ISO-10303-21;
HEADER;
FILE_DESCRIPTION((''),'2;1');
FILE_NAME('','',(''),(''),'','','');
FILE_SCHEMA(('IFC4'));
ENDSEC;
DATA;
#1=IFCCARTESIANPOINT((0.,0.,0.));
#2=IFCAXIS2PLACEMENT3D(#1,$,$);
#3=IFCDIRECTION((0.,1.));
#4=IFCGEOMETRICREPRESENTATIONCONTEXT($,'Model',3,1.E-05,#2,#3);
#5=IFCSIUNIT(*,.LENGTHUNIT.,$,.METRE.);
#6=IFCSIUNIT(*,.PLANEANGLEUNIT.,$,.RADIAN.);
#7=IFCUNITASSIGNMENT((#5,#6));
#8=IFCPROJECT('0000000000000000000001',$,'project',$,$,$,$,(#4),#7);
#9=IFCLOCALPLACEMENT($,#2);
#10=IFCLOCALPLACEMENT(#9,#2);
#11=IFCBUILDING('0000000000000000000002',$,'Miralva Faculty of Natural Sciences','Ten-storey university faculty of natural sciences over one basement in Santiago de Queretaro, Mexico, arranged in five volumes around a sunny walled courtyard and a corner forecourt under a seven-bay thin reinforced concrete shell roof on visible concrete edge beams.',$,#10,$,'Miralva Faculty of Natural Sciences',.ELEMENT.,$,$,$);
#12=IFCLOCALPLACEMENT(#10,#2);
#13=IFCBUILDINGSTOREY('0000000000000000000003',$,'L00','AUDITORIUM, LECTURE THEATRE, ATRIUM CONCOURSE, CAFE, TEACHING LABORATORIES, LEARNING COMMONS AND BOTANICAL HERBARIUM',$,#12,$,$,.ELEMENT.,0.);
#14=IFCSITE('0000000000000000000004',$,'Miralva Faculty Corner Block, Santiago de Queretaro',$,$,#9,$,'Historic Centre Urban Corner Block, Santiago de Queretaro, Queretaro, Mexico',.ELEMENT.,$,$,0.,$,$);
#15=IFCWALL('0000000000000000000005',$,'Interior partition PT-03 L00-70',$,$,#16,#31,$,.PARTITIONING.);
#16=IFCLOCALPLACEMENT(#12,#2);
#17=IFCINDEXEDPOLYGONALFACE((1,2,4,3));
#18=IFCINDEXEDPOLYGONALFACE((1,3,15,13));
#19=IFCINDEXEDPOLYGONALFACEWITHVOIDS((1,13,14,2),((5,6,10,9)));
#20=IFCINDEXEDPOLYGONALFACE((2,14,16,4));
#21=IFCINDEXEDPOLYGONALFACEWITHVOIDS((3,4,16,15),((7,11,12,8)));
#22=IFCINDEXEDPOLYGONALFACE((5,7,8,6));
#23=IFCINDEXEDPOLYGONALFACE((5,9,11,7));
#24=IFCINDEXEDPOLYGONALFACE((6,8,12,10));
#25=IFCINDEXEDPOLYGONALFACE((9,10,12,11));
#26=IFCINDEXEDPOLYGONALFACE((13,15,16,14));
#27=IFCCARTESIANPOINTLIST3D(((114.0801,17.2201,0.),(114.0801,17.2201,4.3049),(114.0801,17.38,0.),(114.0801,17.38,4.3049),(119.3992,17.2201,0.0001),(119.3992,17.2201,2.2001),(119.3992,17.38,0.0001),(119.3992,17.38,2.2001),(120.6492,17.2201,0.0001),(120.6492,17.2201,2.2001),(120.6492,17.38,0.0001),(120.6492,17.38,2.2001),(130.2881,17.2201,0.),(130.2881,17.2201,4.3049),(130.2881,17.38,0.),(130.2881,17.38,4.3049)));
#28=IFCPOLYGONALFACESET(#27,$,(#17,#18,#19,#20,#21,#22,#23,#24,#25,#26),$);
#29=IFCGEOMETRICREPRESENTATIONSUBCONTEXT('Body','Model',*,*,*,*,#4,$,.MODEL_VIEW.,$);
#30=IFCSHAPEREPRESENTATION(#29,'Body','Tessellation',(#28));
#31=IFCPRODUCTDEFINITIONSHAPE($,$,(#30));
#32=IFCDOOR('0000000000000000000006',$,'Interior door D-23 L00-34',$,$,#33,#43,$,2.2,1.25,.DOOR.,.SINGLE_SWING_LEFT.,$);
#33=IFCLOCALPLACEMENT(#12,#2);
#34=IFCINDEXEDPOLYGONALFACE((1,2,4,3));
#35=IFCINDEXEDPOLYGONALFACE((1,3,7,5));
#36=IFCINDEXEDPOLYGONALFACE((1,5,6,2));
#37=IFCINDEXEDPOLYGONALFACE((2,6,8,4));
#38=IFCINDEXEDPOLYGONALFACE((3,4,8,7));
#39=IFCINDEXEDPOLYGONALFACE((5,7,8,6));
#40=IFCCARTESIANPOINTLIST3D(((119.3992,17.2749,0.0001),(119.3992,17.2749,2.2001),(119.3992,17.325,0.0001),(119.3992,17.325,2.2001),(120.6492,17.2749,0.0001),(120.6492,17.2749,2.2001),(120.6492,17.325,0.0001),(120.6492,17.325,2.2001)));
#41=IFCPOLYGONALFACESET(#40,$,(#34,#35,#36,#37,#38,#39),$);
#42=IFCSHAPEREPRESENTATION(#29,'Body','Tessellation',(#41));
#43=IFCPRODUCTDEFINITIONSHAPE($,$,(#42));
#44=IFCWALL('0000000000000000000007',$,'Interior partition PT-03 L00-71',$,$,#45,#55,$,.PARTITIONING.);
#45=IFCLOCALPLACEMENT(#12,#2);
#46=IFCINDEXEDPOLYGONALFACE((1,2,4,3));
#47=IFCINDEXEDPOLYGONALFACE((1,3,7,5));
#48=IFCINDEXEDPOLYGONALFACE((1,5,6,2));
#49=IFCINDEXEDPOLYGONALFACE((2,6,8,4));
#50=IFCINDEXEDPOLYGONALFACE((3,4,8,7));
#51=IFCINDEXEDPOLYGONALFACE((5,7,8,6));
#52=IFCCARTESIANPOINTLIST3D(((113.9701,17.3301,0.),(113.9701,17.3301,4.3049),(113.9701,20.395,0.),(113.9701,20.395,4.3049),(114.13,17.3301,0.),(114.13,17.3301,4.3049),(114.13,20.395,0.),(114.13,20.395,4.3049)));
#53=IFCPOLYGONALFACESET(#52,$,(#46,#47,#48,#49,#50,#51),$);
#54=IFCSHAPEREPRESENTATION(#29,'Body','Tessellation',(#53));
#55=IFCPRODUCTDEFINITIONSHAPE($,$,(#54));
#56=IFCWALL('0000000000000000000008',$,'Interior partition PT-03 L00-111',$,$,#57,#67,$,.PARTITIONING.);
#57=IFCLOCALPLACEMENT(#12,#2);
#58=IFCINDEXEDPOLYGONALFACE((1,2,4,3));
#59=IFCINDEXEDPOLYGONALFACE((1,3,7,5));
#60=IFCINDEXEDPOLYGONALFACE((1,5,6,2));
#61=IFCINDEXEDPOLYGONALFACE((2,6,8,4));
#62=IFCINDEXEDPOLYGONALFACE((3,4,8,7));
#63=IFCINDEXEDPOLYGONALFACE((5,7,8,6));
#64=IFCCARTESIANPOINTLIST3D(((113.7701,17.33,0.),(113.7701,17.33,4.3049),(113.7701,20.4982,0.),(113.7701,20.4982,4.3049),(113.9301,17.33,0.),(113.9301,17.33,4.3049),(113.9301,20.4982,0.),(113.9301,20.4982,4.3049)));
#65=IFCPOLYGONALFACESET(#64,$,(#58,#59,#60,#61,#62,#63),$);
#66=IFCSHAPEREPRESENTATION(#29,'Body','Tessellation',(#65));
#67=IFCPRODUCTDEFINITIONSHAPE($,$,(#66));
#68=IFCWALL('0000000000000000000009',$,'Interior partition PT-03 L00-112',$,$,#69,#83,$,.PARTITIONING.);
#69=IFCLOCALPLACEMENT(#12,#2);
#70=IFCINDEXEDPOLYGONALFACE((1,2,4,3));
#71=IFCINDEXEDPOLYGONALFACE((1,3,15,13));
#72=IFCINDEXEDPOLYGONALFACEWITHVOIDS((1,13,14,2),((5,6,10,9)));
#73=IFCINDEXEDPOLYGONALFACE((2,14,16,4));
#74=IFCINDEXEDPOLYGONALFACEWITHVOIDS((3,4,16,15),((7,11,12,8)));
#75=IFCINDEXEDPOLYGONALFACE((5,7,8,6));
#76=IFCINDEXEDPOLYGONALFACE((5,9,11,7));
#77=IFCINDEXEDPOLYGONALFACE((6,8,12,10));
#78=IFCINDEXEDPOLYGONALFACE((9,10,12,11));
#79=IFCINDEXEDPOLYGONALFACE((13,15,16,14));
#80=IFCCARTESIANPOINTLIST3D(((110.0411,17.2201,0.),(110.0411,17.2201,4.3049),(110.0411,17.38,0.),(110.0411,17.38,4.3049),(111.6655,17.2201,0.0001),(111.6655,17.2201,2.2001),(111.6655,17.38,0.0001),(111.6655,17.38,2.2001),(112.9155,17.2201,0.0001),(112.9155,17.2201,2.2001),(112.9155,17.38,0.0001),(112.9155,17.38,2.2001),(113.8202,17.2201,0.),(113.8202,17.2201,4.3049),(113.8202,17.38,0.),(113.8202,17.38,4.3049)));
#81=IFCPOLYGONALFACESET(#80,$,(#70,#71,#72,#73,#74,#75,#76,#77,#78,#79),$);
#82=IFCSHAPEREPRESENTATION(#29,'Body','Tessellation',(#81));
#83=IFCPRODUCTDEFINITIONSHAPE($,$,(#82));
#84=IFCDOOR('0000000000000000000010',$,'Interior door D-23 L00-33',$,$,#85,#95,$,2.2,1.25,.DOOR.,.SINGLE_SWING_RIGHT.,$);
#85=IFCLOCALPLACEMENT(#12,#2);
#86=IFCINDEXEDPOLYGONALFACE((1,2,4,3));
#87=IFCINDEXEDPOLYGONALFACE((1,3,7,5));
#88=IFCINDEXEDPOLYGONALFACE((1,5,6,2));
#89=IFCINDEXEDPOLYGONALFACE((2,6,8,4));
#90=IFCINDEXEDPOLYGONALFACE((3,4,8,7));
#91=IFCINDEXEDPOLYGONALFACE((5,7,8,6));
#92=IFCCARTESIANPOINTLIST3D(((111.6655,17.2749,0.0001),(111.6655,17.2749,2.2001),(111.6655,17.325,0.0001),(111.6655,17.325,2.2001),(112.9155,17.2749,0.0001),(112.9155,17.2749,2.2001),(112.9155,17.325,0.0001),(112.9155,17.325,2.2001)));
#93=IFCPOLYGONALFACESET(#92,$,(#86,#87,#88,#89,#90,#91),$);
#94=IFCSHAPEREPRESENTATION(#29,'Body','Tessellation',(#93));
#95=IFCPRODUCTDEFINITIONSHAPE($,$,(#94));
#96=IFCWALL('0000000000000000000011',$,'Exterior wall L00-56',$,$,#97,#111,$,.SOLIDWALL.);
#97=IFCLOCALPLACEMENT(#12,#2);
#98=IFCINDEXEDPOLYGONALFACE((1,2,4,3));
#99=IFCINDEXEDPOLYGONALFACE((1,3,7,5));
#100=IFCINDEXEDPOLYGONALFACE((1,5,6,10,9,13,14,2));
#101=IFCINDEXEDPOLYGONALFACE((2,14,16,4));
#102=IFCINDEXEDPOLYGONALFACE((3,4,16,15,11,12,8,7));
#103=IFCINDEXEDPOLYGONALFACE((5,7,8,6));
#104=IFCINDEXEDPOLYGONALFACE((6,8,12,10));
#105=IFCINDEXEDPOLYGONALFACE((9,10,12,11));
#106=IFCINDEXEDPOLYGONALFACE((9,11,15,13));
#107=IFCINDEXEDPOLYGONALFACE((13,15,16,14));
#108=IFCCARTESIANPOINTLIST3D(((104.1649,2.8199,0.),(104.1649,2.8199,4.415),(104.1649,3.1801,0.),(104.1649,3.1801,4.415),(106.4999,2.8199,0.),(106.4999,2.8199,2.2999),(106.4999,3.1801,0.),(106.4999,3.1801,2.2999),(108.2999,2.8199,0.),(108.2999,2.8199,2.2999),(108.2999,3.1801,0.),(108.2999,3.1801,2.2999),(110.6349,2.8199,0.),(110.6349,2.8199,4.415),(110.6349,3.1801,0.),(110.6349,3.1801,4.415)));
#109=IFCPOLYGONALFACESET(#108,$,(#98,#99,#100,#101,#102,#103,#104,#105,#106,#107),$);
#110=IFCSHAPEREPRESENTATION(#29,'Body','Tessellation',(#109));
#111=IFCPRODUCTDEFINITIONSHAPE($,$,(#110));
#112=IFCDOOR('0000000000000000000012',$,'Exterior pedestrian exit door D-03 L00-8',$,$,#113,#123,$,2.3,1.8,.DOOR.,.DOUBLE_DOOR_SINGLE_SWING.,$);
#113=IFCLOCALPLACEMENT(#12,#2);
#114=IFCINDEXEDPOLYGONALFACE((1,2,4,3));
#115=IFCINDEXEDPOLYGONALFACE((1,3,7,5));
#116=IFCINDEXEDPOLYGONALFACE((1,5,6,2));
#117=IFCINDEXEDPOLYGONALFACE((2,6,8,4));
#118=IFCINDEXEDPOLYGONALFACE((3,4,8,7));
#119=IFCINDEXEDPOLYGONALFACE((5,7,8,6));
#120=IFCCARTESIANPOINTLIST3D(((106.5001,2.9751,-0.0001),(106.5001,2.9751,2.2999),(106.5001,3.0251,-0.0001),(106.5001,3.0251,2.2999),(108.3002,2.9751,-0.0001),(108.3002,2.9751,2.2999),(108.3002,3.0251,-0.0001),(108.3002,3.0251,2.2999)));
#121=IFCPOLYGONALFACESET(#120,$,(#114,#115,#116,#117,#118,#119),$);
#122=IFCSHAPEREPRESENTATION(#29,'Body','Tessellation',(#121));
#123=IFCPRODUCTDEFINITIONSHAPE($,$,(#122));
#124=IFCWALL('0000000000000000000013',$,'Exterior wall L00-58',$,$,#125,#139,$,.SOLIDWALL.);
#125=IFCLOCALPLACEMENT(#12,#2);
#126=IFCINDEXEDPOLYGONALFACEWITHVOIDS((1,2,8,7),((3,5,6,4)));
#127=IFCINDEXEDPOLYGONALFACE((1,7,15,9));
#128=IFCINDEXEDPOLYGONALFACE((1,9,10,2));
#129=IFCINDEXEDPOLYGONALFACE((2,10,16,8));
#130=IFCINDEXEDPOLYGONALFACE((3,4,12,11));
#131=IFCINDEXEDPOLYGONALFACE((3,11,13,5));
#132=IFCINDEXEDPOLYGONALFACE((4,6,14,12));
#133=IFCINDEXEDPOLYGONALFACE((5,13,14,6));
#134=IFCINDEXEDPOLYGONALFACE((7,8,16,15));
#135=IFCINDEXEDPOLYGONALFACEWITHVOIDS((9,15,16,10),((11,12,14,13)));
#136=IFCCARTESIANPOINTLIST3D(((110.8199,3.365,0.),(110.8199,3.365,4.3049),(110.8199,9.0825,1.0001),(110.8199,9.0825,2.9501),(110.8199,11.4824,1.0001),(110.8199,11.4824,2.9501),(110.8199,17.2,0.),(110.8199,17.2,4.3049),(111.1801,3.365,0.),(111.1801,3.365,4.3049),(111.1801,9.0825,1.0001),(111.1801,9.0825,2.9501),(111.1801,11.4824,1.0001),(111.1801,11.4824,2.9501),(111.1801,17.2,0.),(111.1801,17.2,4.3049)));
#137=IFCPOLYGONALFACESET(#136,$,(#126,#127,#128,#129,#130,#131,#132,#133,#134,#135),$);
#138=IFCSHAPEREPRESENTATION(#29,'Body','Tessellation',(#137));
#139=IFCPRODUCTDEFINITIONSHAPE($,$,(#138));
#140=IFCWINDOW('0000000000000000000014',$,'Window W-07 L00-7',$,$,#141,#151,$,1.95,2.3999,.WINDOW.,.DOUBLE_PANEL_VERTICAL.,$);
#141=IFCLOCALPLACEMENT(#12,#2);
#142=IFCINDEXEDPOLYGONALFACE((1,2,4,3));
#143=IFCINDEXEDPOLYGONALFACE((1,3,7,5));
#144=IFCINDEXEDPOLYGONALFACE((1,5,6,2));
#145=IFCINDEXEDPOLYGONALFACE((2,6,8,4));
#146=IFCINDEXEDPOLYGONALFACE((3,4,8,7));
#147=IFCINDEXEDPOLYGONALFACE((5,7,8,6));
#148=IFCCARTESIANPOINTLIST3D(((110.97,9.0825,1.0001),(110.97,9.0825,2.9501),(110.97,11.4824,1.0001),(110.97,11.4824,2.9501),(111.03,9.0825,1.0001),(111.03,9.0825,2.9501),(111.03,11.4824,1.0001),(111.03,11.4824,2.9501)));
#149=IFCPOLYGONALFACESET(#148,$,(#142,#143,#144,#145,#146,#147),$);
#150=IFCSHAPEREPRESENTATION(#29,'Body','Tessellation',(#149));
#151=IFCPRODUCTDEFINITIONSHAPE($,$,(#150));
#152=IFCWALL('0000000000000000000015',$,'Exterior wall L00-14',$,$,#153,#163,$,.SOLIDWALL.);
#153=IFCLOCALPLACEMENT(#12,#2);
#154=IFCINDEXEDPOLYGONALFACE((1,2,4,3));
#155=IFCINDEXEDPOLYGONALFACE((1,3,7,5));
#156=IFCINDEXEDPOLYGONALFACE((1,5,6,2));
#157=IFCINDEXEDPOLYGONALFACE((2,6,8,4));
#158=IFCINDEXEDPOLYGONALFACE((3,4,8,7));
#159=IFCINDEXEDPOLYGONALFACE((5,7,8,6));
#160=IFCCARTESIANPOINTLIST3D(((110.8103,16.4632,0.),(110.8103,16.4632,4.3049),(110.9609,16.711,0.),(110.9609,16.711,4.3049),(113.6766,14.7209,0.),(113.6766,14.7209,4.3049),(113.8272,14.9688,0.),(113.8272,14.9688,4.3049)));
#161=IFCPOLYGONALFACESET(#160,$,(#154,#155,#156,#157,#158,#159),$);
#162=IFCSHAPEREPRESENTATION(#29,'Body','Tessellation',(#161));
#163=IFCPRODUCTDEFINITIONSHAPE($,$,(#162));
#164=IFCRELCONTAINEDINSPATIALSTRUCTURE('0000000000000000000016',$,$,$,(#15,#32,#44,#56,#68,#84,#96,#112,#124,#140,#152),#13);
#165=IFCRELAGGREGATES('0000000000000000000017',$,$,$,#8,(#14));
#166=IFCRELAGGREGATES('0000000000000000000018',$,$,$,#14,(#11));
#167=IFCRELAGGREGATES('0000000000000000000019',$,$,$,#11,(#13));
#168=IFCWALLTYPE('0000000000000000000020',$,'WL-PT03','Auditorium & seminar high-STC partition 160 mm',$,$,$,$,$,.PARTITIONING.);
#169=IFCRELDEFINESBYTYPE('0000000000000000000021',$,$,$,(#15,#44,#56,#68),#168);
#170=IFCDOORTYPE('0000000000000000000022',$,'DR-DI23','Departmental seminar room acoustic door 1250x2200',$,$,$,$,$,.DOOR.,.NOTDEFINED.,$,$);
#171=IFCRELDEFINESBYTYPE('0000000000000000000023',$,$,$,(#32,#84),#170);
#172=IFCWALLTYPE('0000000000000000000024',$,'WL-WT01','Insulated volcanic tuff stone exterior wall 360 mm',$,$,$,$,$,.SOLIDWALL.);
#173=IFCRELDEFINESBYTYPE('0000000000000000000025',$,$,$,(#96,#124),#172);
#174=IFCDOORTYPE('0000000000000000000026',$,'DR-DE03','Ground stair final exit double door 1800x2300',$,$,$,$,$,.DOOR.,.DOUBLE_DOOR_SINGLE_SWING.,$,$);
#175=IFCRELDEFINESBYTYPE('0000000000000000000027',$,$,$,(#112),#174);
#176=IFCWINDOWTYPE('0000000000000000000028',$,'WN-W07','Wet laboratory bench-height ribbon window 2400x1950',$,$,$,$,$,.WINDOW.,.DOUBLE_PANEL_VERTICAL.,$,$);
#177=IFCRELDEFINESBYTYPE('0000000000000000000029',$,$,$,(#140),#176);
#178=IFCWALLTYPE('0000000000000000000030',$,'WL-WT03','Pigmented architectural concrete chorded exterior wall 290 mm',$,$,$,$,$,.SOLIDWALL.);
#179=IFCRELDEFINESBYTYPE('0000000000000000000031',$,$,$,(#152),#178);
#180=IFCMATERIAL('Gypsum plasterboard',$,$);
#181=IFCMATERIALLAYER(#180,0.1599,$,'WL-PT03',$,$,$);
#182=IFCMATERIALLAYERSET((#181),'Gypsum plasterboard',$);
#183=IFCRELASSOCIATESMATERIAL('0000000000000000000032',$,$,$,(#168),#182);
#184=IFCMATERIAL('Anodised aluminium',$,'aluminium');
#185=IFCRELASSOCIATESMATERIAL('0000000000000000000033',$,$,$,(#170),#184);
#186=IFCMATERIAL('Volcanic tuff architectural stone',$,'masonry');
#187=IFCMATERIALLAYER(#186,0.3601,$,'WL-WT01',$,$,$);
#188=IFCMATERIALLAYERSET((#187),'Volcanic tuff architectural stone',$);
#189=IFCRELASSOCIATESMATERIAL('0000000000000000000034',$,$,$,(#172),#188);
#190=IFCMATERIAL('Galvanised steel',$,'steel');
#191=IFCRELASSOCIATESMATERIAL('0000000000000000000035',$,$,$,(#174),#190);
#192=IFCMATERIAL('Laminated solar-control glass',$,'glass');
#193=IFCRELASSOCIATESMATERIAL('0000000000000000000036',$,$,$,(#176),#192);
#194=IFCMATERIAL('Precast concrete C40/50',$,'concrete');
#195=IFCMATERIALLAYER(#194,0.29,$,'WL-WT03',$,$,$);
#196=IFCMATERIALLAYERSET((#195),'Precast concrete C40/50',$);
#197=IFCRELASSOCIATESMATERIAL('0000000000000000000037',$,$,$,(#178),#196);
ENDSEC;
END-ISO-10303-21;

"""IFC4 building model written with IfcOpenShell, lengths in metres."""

from ifc_helpers import new_model, si_unit, direction, frame, frame_2d, origin, place, context, subcontext, project, spatial, rectangle, extrude, material, layer, layer_set, type_object, element, fill, save


model = new_model("IFC4")

# Units and contexts
model_context = context("Model", 3, precision=1e-05, world=origin(), true_north=direction((0.0, 1.0)))
body_context = subcontext(model_context, "Body", "Model", "MODEL_VIEW")
ifc_project = project(units=[si_unit("LENGTHUNIT", "METRE"), si_unit("PLANEANGLEUNIT", "RADIAN")], contexts=[model_context])

# Site, building, storey
site_placement = place(None, origin())
site = spatial("IfcSite", under=ifc_project, at=site_placement, Name="Miralva Faculty Corner Block, Santiago de Queretaro", LongName="Historic Centre Urban Corner Block, Santiago de Queretaro, Queretaro, Mexico", CompositionType="ELEMENT", RefElevation=0.0)
building_placement = place(site_placement, origin())
building = spatial("IfcBuilding", under=site, at=building_placement, Name="Miralva Faculty of Natural Sciences", Description="Ten-storey university faculty of natural sciences over one basement in Santiago de Queretaro, Mexico, arranged in five volumes around a sunny walled courtyard and a corner forecourt under a seven-bay thin reinforced concrete shell roof on visible concrete edge beams.", LongName="Miralva Faculty of Natural Sciences", CompositionType="ELEMENT")
storey_placement = place(building_placement, origin())
storey = spatial("IfcBuildingStorey", under=building, at=storey_placement, Name="L00", Description="AUDITORIUM, LECTURE THEATRE, ATRIUM CONCOURSE, CAFE, TEACHING LABORATORIES, LEARNING COMMONS AND BOTANICAL HERBARIUM", CompositionType="ELEMENT", Elevation=0.0)

# Wall, opening, door
ifc_material_1 = material(Name="Gypsum plasterboard")
ifc_layer_1 = layer(ifc_material_1, 0.1599, Name="WL-PT03")
ifc_layer_set_1 = layer_set([ifc_layer_1], Name="Gypsum plasterboard")
wall_type_1 = type_object("IfcWallType", Name="WL-PT03", Description="Auditorium & seminar high-STC partition 160 mm", PredefinedType="PARTITIONING", material=ifc_layer_set_1)
wall_1_placement = place(storey_placement, frame((114.0801, 17.3, 0.0), z_axis=(0.0, 0.0, 1.0), x_axis=(1.0, 0.0, 0.0)))
wall_1 = element("IfcWall", 1, at=wall_1_placement, inside=storey, type_object=wall_type_1, Name="Interior partition PT-03 L00-70", PredefinedType="PARTITIONING", context=body_context, shape_type="SweptSolid", body=[
    extrude(rectangle(XDim=16.208, YDim=0.1599, at=frame_2d((8.104, 0.0))), origin(), (0.0, 0.0, 1.0), 4.3049),
])
opening_1_placement = place(wall_1_placement, frame((5.3191, 0.0, 0.0)))
opening_1 = element("IfcOpeningElement", 2, at=opening_1_placement, cuts=wall_1, PredefinedType="OPENING", context=body_context, shape_type="SweptSolid", body=[
    extrude(rectangle(XDim=1.25, YDim=2.2, at=frame_2d((0.625, 1.1001))), frame((0.0, 0.0898, 0.0), z_axis=(0.0, -1.0, 0.0), x_axis=(1.0, 0.0, 0.0)), (0.0, 0.0, 1.0), 0.1799),
])
ifc_material_2 = material(Name="Anodised aluminium", Category="aluminium")
door_type_1 = type_object("IfcDoorType", Name="DR-DI23", Description="Departmental seminar room acoustic door 1250x2200", OperationType="NOTDEFINED", PredefinedType="DOOR", material=ifc_material_2)
door_1_placement = place(opening_1_placement, origin())
door_1 = element("IfcDoor", 3, at=door_1_placement, inside=storey, type_object=door_type_1, Name="Interior door D-23 L00-34", OperationType="SINGLE_SWING_LEFT", OverallHeight=2.2, OverallWidth=1.25, PredefinedType="DOOR", context=body_context, shape_type="SweptSolid", body=[
    extrude(rectangle(XDim=1.25, YDim=2.2, at=frame_2d((0.625, 1.1001))), frame((0.0, 0.0249, 0.0), z_axis=(0.0, -1.0, 0.0), x_axis=(1.0, 0.0, 0.0)), (0.0, 0.0, 1.0), 0.05),
])
fill(opening_1, door_1)

# Walls
wall_2_placement = place(storey_placement, frame((114.05, 17.3301, 0.0), z_axis=(0.0, 0.0, 1.0), x_axis=(0.0, 1.0, 0.0)))
element("IfcWall", 4, at=wall_2_placement, inside=storey, type_object=wall_type_1, Name="Interior partition PT-03 L00-71", PredefinedType="PARTITIONING", context=body_context, shape_type="SweptSolid", body=[
    extrude(rectangle(XDim=3.0649, YDim=0.1599, at=frame_2d((1.5325, 0.0))), origin(), (0.0, 0.0, 1.0), 4.3049),
])
wall_3_placement = place(storey_placement, frame((113.8501, 17.3301, 0.0), z_axis=(0.0, 0.0, 1.0), x_axis=(0.0, 1.0, 0.0)))
element("IfcWall", 5, at=wall_3_placement, inside=storey, type_object=wall_type_1, Name="Interior partition PT-03 L00-111", PredefinedType="PARTITIONING", context=body_context, shape_type="SweptSolid", body=[
    extrude(rectangle(XDim=3.1682, YDim=0.1599, at=frame_2d((1.584, 0.0))), origin(), (0.0, 0.0, 1.0), 4.3049),
])

# Walls, openings, doors
wall_4_placement = place(storey_placement, frame((110.041, 17.3, 0.0), z_axis=(0.0, 0.0, 1.0), x_axis=(1.0, 0.0, 0.0)))
wall_4 = element("IfcWall", 6, at=wall_4_placement, inside=storey, type_object=wall_type_1, Name="Interior partition PT-03 L00-112", PredefinedType="PARTITIONING", context=body_context, shape_type="SweptSolid", body=[
    extrude(rectangle(XDim=3.7791, YDim=0.1599, at=frame_2d((1.8896, 0.0))), origin(), (0.0, 0.0, 1.0), 4.3049),
])
opening_2_placement = place(wall_4_placement, frame((1.6245, 0.0, 0.0)))
opening_2 = element("IfcOpeningElement", 7, at=opening_2_placement, cuts=wall_4, PredefinedType="OPENING", context=body_context, shape_type="SweptSolid", body=[
    extrude(rectangle(XDim=1.25, YDim=2.2, at=frame_2d((0.625, 1.1001))), frame((0.0, 0.0898, 0.0), z_axis=(0.0, -1.0, 0.0), x_axis=(1.0, 0.0, 0.0)), (0.0, 0.0, 1.0), 0.1799),
])
door_2_placement = place(opening_2_placement, origin())
door_2 = element("IfcDoor", 8, at=door_2_placement, inside=storey, type_object=door_type_1, Name="Interior door D-23 L00-33", OperationType="SINGLE_SWING_RIGHT", OverallHeight=2.2, OverallWidth=1.25, PredefinedType="DOOR", context=body_context, shape_type="SweptSolid", body=[
    extrude(rectangle(XDim=1.25, YDim=2.2, at=frame_2d((0.625, 1.1001))), frame((0.0, 0.0249, 0.0), z_axis=(0.0, -1.0, 0.0), x_axis=(1.0, 0.0, 0.0)), (0.0, 0.0, 1.0), 0.05),
])
fill(opening_2, door_2)
ifc_material_3 = material(Name="Volcanic tuff architectural stone", Category="masonry")
ifc_layer_2 = layer(ifc_material_3, 0.3601, Name="WL-WT01")
ifc_layer_set_2 = layer_set([ifc_layer_2], Name="Volcanic tuff architectural stone")
wall_type_2 = type_object("IfcWallType", Name="WL-WT01", Description="Insulated volcanic tuff stone exterior wall 360 mm", PredefinedType="SOLIDWALL", material=ifc_layer_set_2)
wall_5_placement = place(storey_placement, frame((104.165, 3.0, 0.0), z_axis=(0.0, 0.0, 1.0), x_axis=(1.0, 0.0, 0.0)))
wall_5 = element("IfcWall", 9, at=wall_5_placement, inside=storey, type_object=wall_type_2, Name="Exterior wall L00-56", PredefinedType="SOLIDWALL", context=body_context, shape_type="SweptSolid", body=[
    extrude(rectangle(XDim=6.47, YDim=0.3601, at=frame_2d((3.2349, 0.0))), origin(), (0.0, 0.0, 1.0), 4.415),
])
opening_3_placement = place(wall_5_placement, frame((2.335, 0.0, 0.0)))
opening_3 = element("IfcOpeningElement", 10, at=opening_3_placement, cuts=wall_5, PredefinedType="OPENING", context=body_context, shape_type="SweptSolid", body=[
    extrude(rectangle(XDim=1.8, YDim=2.3, at=frame_2d((0.8999, 1.1499))), frame((0.0, 0.1899, 0.0), z_axis=(0.0, -1.0, 0.0), x_axis=(1.0, 0.0, 0.0)), (0.0, 0.0, 1.0), 0.3801),
])
ifc_material_4 = material(Name="Galvanised steel", Category="steel")
door_type_2 = type_object("IfcDoorType", Name="DR-DE03", Description="Ground stair final exit double door 1800x2300", OperationType="DOUBLE_DOOR_SINGLE_SWING", PredefinedType="DOOR", material=ifc_material_4)
door_3_placement = place(opening_3_placement, frame((1.8, 0.0, 0.0), z_axis=(0.0, 0.0, 1.0), x_axis=(-1.0, 0.0, 0.0)))
door_3 = element("IfcDoor", 11, at=door_3_placement, inside=storey, type_object=door_type_2, Name="Exterior pedestrian exit door D-03 L00-8", OperationType="DOUBLE_DOOR_SINGLE_SWING", OverallHeight=2.3, OverallWidth=1.8, PredefinedType="DOOR", context=body_context, shape_type="SweptSolid", body=[
    extrude(rectangle(XDim=1.8, YDim=2.3, at=frame_2d((0.8999, 1.1499))), frame((0.0, 0.0249, 0.0), z_axis=(0.0, -1.0, 0.0), x_axis=(1.0, 0.0, 0.0)), (0.0, 0.0, 1.0), 0.05),
])
fill(opening_3, door_3)

# Wall, opening, window
wall_6_placement = place(storey_placement, frame((111.0, 3.365, 0.0), z_axis=(0.0, 0.0, 1.0), x_axis=(0.0, 1.0, 0.0)))
wall_6 = element("IfcWall", 12, at=wall_6_placement, inside=storey, type_object=wall_type_2, Name="Exterior wall L00-58", PredefinedType="SOLIDWALL", context=body_context, shape_type="SweptSolid", body=[
    extrude(rectangle(XDim=13.835, YDim=0.3601, at=frame_2d((6.9175, 0.0))), origin(), (0.0, 0.0, 1.0), 4.3049),
])
opening_4_placement = place(wall_6_placement, frame((5.7175, 0.0, 1.0)))
opening_4 = element("IfcOpeningElement", 13, at=opening_4_placement, cuts=wall_6, PredefinedType="OPENING", context=body_context, shape_type="SweptSolid", body=[
    extrude(rectangle(XDim=2.3999, YDim=1.95, at=frame_2d((1.2, 0.9751))), frame((0.0, 0.1899, 0.0), z_axis=(0.0, -1.0, 0.0), x_axis=(1.0, 0.0, 0.0)), (0.0, 0.0, 1.0), 0.3801),
])
ifc_material_5 = material(Name="Laminated solar-control glass", Category="glass")
window_type = type_object("IfcWindowType", Name="WN-W07", Description="Wet laboratory bench-height ribbon window 2400x1950", PartitioningType="DOUBLE_PANEL_VERTICAL", PredefinedType="WINDOW", material=ifc_material_5)
window_placement = place(opening_4_placement, frame((2.3999, 0.0, 0.0), z_axis=(0.0, 0.0, 1.0), x_axis=(-1.0, 0.0, 0.0)))
window = element("IfcWindow", 14, at=window_placement, inside=storey, type_object=window_type, Name="Window W-07 L00-7", OverallHeight=1.95, OverallWidth=2.3999, PartitioningType="DOUBLE_PANEL_VERTICAL", PredefinedType="WINDOW", context=body_context, shape_type="SweptSolid", body=[
    extrude(rectangle(XDim=2.3999, YDim=1.95, at=frame_2d((1.2, 0.9751))), frame((0.0, 0.03, 0.0), z_axis=(0.0, -1.0, 0.0), x_axis=(1.0, 0.0, 0.0)), (0.0, 0.0, 1.0), 0.0601),
])
fill(opening_4, window)

# Wall
ifc_material_6 = material(Name="Precast concrete C40/50", Category="concrete")
ifc_layer_3 = layer(ifc_material_6, 0.29, Name="WL-WT03")
ifc_layer_set_3 = layer_set([ifc_layer_3], Name="Precast concrete C40/50")
wall_type_3 = type_object("IfcWallType", Name="WL-WT03", Description="Pigmented architectural concrete chorded exterior wall 290 mm", PredefinedType="SOLIDWALL", material=ifc_layer_set_3)
wall_7_placement = place(storey_placement, frame((110.8855, 16.5872, 0.0), z_axis=(0.0, 0.0, 1.0), x_axis=(0.854524, -0.519411, 0.0)))
element("IfcWall", 15, at=wall_7_placement, inside=storey, type_object=wall_type_3, Name="Exterior wall L00-14", PredefinedType="SOLIDWALL", context=body_context, shape_type="SweptSolid", body=[
    extrude(rectangle(XDim=3.3542, YDim=0.29, at=frame_2d((1.6772, 0.0))), origin(), (0.0, 0.0, 1.0), 4.3049),
])

save(model, "model.ifc")
